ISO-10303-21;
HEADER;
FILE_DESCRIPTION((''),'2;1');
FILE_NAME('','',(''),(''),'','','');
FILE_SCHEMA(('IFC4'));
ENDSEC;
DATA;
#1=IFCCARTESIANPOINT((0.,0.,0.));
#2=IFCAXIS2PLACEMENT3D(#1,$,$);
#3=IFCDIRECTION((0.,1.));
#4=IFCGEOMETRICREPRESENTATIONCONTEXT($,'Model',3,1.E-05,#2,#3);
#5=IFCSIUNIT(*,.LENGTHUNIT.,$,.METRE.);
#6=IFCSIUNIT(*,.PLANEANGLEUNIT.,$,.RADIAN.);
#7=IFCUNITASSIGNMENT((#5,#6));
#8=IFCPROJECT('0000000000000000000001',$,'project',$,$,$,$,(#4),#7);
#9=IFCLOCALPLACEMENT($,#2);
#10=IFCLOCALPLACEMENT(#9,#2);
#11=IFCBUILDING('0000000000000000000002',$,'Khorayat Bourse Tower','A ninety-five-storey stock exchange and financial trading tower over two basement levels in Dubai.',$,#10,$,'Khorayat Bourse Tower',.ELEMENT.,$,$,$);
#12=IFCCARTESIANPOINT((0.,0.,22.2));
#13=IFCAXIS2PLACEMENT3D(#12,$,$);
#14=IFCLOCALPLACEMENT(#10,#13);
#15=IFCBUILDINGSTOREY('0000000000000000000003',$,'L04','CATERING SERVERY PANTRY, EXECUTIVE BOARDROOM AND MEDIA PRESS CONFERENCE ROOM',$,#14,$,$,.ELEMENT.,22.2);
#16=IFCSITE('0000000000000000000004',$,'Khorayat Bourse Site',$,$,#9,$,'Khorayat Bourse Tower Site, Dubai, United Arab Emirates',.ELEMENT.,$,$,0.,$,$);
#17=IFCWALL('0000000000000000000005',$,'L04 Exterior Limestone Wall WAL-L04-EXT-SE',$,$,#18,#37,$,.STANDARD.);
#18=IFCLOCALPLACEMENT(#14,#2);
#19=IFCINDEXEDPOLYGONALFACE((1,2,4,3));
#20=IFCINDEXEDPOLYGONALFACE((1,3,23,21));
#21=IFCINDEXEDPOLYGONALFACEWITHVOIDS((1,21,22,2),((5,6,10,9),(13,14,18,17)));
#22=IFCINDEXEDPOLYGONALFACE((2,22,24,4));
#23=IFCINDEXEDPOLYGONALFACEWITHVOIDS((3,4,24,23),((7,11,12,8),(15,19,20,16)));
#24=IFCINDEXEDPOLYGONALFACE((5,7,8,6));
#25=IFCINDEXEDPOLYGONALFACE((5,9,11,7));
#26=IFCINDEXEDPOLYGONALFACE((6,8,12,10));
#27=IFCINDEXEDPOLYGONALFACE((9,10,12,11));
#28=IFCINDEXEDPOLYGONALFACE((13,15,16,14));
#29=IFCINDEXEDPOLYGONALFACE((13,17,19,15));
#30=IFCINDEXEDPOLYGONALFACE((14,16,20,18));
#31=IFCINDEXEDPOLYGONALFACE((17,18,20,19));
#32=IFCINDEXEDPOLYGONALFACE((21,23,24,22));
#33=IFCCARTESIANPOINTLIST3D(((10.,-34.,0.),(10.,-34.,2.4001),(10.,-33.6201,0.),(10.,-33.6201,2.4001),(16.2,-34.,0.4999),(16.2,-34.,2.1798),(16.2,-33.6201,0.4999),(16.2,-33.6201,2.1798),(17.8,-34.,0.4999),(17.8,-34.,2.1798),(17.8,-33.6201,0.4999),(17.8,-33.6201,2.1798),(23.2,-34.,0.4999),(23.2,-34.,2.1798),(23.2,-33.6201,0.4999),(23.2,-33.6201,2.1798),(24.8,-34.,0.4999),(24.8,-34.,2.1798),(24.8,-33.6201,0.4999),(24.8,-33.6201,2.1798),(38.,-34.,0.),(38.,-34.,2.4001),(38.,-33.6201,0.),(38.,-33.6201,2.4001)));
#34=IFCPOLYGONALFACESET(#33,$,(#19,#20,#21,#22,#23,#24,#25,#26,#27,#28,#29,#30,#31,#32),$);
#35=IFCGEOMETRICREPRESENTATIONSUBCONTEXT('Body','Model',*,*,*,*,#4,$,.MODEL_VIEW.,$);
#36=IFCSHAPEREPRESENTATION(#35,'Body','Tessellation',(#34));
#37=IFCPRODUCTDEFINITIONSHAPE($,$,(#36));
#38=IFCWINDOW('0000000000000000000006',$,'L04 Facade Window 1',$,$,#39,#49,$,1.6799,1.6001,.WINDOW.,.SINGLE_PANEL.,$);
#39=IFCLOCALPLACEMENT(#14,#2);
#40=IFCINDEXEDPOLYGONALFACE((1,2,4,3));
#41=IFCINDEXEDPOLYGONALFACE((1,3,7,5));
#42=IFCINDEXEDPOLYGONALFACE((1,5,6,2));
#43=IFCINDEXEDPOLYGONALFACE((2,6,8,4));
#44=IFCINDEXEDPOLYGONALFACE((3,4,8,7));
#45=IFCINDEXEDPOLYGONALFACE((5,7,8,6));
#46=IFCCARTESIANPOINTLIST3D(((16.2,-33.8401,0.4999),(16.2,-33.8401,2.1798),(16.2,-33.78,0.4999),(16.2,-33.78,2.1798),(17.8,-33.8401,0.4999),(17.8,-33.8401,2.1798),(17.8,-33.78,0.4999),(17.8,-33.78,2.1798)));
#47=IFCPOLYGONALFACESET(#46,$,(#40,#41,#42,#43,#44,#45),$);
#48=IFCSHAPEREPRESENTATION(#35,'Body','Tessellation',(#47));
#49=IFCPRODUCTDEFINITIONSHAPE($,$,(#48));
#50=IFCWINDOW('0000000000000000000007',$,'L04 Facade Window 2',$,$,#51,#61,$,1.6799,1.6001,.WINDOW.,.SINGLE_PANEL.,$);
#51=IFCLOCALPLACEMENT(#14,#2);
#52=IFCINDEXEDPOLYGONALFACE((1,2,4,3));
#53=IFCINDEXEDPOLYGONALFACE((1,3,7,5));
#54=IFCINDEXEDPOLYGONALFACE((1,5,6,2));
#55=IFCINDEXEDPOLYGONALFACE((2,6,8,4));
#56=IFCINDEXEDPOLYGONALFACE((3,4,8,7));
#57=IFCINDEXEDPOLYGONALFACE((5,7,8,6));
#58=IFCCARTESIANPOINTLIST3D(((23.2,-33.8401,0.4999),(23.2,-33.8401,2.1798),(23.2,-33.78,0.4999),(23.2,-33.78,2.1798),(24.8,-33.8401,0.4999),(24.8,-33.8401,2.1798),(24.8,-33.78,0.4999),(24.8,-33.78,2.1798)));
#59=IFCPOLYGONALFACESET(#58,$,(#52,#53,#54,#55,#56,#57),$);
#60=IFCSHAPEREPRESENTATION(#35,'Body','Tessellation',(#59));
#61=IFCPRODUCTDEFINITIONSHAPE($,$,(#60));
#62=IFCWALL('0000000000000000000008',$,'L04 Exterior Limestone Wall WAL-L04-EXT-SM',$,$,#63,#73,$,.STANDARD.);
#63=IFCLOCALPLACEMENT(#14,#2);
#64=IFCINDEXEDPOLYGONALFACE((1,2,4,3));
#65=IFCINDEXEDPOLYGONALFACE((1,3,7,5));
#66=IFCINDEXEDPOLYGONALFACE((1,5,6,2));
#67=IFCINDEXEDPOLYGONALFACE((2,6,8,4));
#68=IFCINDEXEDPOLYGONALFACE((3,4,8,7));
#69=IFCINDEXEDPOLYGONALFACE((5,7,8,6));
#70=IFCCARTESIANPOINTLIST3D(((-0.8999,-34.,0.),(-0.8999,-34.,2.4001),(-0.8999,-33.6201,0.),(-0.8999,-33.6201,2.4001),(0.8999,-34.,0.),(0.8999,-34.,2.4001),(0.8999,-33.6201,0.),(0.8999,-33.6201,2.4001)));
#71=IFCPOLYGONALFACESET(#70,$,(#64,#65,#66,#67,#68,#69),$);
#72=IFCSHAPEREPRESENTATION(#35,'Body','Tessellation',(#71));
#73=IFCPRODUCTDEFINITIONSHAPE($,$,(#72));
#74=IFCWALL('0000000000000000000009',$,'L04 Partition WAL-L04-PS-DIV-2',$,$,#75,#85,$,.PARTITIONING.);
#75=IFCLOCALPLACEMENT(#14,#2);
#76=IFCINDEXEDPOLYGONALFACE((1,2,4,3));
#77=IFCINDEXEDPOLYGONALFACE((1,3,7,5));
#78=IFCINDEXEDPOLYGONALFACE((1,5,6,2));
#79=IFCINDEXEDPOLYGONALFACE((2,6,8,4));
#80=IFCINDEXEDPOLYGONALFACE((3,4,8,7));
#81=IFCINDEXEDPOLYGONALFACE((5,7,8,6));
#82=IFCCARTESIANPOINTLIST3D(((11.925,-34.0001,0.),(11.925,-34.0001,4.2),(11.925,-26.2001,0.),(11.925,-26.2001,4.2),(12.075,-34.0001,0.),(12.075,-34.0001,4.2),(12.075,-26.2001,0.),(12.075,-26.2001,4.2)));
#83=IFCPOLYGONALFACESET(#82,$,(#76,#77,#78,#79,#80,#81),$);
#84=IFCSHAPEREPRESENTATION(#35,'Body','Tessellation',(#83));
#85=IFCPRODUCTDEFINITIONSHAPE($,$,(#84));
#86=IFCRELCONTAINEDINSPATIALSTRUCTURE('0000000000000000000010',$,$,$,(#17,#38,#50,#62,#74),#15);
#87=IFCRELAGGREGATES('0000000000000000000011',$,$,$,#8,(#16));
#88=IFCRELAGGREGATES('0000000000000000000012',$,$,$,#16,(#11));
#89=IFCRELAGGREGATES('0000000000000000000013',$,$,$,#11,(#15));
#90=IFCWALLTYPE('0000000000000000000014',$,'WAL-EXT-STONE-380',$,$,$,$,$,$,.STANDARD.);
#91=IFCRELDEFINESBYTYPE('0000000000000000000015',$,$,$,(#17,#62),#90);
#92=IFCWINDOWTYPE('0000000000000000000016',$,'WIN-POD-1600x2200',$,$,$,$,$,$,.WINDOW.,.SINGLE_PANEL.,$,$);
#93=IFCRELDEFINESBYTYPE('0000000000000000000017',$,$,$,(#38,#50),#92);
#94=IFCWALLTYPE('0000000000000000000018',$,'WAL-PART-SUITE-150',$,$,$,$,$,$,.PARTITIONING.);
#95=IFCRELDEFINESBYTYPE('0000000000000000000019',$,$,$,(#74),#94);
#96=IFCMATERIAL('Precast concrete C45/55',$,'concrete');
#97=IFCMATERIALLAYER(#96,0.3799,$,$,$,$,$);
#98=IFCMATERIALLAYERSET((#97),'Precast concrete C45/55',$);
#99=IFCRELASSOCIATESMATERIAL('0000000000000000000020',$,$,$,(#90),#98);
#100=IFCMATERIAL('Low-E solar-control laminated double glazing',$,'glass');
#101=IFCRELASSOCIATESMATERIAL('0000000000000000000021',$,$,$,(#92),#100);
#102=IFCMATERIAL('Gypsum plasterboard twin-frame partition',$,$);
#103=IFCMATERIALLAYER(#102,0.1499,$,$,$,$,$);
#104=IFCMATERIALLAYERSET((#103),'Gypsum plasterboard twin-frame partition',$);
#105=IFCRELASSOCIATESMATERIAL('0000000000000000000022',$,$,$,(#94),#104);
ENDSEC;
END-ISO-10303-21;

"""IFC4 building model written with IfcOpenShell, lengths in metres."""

from ifc_helpers import new_model, si_unit, direction, frame, frame_2d, origin, place, context, subcontext, project, spatial, rectangle, extrude, source, transform, mapped, material, layer, layer_set, type_object, element, fill, save


model = new_model("IFC4")

# Units and contexts
model_context = context("Model", 3, precision=1e-05, world=origin(), true_north=direction((0.0, 1.0)))
body_context = subcontext(model_context, "Body", "Model", "MODEL_VIEW")
ifc_project = project(units=[si_unit("LENGTHUNIT", "METRE"), si_unit("PLANEANGLEUNIT", "RADIAN")], contexts=[model_context])

# Site, building, storey
site_placement = place(None, origin())
site = spatial("IfcSite", under=ifc_project, at=site_placement, Name="Khorayat Bourse Site", LongName="Khorayat Bourse Tower Site, Dubai, United Arab Emirates", CompositionType="ELEMENT", RefElevation=0.0)
building_placement = place(site_placement, origin())
building = spatial("IfcBuilding", under=site, at=building_placement, Name="Khorayat Bourse Tower", Description="A ninety-five-storey stock exchange and financial trading tower over two basement levels in Dubai.", LongName="Khorayat Bourse Tower", CompositionType="ELEMENT")
storey_placement = place(building_placement, frame((0.0, 0.0, 22.2)))
storey = spatial("IfcBuildingStorey", under=building, at=storey_placement, Name="L04", Description="CATERING SERVERY PANTRY, EXECUTIVE BOARDROOM AND MEDIA PRESS CONFERENCE ROOM", CompositionType="ELEMENT", Elevation=22.2)

# Shared definitions
ifc_material_1 = material(Name="Low-E solar-control laminated double glazing", Category="glass")

# Wall, openings, windows
ifc_material_2 = material(Name="Precast concrete C45/55", Category="concrete")
ifc_layer_1 = layer(ifc_material_2, 0.3799)
ifc_layer_set_1 = layer_set([ifc_layer_1], Name="Precast concrete C45/55")
wall_type_1 = type_object("IfcWallType", Name="WAL-EXT-STONE-380", PredefinedType="STANDARD", material=ifc_layer_set_1)
shared_shape_1 = source(origin(), body_context, "Body", "SweptSolid", [
    extrude(rectangle(XDim=28.0, YDim=0.3799, at=frame_2d((14.0, 0.0))), origin(), (0.0, 0.0, 1.0), 2.4001),
])
wall_1_placement = place(storey_placement, frame((10.0, -33.8101, 0.0), z_axis=(0.0, 0.0, 1.0), x_axis=(1.0, 0.0, 0.0)))
wall_1 = element("IfcWall", 1, at=wall_1_placement, inside=storey, type_object=wall_type_1, Name="L04 Exterior Limestone Wall WAL-L04-EXT-SE", PredefinedType="STANDARD", context=body_context, shape_type="MappedRepresentation", body=[
    mapped(shared_shape_1, transform((0.0, 0.0, 0.0), scale=1.0)),
])
shared_shape_2 = source(origin(), body_context, "Body", "SweptSolid", [
    extrude(rectangle(XDim=1.6001, YDim=1.6799, at=frame_2d((0.8, 0.8398))), frame((0.0, 0.2, 0.0), z_axis=(0.0, -1.0, 0.0), x_axis=(1.0, 0.0, 0.0)), (0.0, 0.0, 1.0), 0.3999),
])
opening_1_placement = place(wall_1_placement, frame((6.2, 0.0, 0.5)))
opening_1 = element("IfcOpeningElement", 2, at=opening_1_placement, cuts=wall_1, PredefinedType="OPENING", context=body_context, shape_type="MappedRepresentation", body=[
    mapped(shared_shape_2, transform((0.0, 0.0, 0.0), scale=1.0)),
])
opening_2_placement = place(wall_1_placement, frame((13.2, 0.0, 0.5)))
opening_2 = element("IfcOpeningElement", 3, at=opening_2_placement, cuts=wall_1, PredefinedType="OPENING", context=body_context, shape_type="MappedRepresentation", body=[
    mapped(shared_shape_2, transform((0.0, 0.0, 0.0), scale=1.0)),
])
window_type = type_object("IfcWindowType", Name="WIN-POD-1600x2200", PartitioningType="SINGLE_PANEL", PredefinedType="WINDOW", material=ifc_material_1)
shared_shape_3 = source(origin(), body_context, "Body", "SweptSolid", [
    extrude(rectangle(XDim=1.6001, YDim=1.6799, at=frame_2d((0.8, 0.8398))), frame((0.0, 0.03, 0.0), z_axis=(0.0, -1.0, 0.0), x_axis=(1.0, 0.0, 0.0)), (0.0, 0.0, 1.0), 0.0601),
])
window_1_placement = place(opening_1_placement, origin())
window_1 = element("IfcWindow", 4, at=window_1_placement, inside=storey, type_object=window_type, Name="L04 Facade Window 1", OverallHeight=1.6799, OverallWidth=1.6001, PartitioningType="SINGLE_PANEL", PredefinedType="WINDOW", context=body_context, shape_type="MappedRepresentation", body=[
    mapped(shared_shape_3, transform((0.0, 0.0, 0.0), scale=1.0)),
])
fill(opening_1, window_1)
window_2_placement = place(opening_2_placement, origin())
window_2 = element("IfcWindow", 5, at=window_2_placement, inside=storey, type_object=window_type, Name="L04 Facade Window 2", OverallHeight=1.6799, OverallWidth=1.6001, PartitioningType="SINGLE_PANEL", PredefinedType="WINDOW", context=body_context, shape_type="MappedRepresentation", body=[
    mapped(shared_shape_3, transform((0.0, 0.0, 0.0), scale=1.0)),
])
fill(opening_2, window_2)

# Walls
shared_shape_4 = source(origin(), body_context, "Body", "SweptSolid", [
    extrude(rectangle(XDim=1.7998, YDim=0.3799, at=frame_2d((0.8999, 0.0))), origin(), (0.0, 0.0, 1.0), 2.4001),
])
wall_2_placement = place(storey_placement, frame((-0.8999, -33.8101, 0.0), z_axis=(0.0, 0.0, 1.0), x_axis=(1.0, 0.0, 0.0)))
element("IfcWall", 6, at=wall_2_placement, inside=storey, type_object=wall_type_1, Name="L04 Exterior Limestone Wall WAL-L04-EXT-SM", PredefinedType="STANDARD", context=body_context, shape_type="MappedRepresentation", body=[
    mapped(shared_shape_4, transform((0.0, 0.0, 0.0), scale=1.0)),
])
ifc_material_3 = material(Name="Gypsum plasterboard twin-frame partition")
ifc_layer_2 = layer(ifc_material_3, 0.1499)
ifc_layer_set_2 = layer_set([ifc_layer_2], Name="Gypsum plasterboard twin-frame partition")
wall_type_2 = type_object("IfcWallType", Name="WAL-PART-SUITE-150", PredefinedType="PARTITIONING", material=ifc_layer_set_2)
shared_shape_5 = source(origin(), body_context, "Body", "SweptSolid", [
    extrude(rectangle(XDim=7.8, YDim=0.1499, at=frame_2d((3.8999, 0.0))), origin(), (0.0, 0.0, 1.0), 4.2),
])
wall_3_placement = place(storey_placement, frame((12.0, -34.0, 0.0), z_axis=(0.0, 0.0, 1.0), x_axis=(0.0, 1.0, 0.0)))
element("IfcWall", 7, at=wall_3_placement, inside=storey, type_object=wall_type_2, Name="L04 Partition WAL-L04-PS-DIV-2", PredefinedType="PARTITIONING", context=body_context, shape_type="MappedRepresentation", body=[
    mapped(shared_shape_5, transform((0.0, 0.0, 0.0), scale=1.0)),
])

save(model, "model.ifc")
